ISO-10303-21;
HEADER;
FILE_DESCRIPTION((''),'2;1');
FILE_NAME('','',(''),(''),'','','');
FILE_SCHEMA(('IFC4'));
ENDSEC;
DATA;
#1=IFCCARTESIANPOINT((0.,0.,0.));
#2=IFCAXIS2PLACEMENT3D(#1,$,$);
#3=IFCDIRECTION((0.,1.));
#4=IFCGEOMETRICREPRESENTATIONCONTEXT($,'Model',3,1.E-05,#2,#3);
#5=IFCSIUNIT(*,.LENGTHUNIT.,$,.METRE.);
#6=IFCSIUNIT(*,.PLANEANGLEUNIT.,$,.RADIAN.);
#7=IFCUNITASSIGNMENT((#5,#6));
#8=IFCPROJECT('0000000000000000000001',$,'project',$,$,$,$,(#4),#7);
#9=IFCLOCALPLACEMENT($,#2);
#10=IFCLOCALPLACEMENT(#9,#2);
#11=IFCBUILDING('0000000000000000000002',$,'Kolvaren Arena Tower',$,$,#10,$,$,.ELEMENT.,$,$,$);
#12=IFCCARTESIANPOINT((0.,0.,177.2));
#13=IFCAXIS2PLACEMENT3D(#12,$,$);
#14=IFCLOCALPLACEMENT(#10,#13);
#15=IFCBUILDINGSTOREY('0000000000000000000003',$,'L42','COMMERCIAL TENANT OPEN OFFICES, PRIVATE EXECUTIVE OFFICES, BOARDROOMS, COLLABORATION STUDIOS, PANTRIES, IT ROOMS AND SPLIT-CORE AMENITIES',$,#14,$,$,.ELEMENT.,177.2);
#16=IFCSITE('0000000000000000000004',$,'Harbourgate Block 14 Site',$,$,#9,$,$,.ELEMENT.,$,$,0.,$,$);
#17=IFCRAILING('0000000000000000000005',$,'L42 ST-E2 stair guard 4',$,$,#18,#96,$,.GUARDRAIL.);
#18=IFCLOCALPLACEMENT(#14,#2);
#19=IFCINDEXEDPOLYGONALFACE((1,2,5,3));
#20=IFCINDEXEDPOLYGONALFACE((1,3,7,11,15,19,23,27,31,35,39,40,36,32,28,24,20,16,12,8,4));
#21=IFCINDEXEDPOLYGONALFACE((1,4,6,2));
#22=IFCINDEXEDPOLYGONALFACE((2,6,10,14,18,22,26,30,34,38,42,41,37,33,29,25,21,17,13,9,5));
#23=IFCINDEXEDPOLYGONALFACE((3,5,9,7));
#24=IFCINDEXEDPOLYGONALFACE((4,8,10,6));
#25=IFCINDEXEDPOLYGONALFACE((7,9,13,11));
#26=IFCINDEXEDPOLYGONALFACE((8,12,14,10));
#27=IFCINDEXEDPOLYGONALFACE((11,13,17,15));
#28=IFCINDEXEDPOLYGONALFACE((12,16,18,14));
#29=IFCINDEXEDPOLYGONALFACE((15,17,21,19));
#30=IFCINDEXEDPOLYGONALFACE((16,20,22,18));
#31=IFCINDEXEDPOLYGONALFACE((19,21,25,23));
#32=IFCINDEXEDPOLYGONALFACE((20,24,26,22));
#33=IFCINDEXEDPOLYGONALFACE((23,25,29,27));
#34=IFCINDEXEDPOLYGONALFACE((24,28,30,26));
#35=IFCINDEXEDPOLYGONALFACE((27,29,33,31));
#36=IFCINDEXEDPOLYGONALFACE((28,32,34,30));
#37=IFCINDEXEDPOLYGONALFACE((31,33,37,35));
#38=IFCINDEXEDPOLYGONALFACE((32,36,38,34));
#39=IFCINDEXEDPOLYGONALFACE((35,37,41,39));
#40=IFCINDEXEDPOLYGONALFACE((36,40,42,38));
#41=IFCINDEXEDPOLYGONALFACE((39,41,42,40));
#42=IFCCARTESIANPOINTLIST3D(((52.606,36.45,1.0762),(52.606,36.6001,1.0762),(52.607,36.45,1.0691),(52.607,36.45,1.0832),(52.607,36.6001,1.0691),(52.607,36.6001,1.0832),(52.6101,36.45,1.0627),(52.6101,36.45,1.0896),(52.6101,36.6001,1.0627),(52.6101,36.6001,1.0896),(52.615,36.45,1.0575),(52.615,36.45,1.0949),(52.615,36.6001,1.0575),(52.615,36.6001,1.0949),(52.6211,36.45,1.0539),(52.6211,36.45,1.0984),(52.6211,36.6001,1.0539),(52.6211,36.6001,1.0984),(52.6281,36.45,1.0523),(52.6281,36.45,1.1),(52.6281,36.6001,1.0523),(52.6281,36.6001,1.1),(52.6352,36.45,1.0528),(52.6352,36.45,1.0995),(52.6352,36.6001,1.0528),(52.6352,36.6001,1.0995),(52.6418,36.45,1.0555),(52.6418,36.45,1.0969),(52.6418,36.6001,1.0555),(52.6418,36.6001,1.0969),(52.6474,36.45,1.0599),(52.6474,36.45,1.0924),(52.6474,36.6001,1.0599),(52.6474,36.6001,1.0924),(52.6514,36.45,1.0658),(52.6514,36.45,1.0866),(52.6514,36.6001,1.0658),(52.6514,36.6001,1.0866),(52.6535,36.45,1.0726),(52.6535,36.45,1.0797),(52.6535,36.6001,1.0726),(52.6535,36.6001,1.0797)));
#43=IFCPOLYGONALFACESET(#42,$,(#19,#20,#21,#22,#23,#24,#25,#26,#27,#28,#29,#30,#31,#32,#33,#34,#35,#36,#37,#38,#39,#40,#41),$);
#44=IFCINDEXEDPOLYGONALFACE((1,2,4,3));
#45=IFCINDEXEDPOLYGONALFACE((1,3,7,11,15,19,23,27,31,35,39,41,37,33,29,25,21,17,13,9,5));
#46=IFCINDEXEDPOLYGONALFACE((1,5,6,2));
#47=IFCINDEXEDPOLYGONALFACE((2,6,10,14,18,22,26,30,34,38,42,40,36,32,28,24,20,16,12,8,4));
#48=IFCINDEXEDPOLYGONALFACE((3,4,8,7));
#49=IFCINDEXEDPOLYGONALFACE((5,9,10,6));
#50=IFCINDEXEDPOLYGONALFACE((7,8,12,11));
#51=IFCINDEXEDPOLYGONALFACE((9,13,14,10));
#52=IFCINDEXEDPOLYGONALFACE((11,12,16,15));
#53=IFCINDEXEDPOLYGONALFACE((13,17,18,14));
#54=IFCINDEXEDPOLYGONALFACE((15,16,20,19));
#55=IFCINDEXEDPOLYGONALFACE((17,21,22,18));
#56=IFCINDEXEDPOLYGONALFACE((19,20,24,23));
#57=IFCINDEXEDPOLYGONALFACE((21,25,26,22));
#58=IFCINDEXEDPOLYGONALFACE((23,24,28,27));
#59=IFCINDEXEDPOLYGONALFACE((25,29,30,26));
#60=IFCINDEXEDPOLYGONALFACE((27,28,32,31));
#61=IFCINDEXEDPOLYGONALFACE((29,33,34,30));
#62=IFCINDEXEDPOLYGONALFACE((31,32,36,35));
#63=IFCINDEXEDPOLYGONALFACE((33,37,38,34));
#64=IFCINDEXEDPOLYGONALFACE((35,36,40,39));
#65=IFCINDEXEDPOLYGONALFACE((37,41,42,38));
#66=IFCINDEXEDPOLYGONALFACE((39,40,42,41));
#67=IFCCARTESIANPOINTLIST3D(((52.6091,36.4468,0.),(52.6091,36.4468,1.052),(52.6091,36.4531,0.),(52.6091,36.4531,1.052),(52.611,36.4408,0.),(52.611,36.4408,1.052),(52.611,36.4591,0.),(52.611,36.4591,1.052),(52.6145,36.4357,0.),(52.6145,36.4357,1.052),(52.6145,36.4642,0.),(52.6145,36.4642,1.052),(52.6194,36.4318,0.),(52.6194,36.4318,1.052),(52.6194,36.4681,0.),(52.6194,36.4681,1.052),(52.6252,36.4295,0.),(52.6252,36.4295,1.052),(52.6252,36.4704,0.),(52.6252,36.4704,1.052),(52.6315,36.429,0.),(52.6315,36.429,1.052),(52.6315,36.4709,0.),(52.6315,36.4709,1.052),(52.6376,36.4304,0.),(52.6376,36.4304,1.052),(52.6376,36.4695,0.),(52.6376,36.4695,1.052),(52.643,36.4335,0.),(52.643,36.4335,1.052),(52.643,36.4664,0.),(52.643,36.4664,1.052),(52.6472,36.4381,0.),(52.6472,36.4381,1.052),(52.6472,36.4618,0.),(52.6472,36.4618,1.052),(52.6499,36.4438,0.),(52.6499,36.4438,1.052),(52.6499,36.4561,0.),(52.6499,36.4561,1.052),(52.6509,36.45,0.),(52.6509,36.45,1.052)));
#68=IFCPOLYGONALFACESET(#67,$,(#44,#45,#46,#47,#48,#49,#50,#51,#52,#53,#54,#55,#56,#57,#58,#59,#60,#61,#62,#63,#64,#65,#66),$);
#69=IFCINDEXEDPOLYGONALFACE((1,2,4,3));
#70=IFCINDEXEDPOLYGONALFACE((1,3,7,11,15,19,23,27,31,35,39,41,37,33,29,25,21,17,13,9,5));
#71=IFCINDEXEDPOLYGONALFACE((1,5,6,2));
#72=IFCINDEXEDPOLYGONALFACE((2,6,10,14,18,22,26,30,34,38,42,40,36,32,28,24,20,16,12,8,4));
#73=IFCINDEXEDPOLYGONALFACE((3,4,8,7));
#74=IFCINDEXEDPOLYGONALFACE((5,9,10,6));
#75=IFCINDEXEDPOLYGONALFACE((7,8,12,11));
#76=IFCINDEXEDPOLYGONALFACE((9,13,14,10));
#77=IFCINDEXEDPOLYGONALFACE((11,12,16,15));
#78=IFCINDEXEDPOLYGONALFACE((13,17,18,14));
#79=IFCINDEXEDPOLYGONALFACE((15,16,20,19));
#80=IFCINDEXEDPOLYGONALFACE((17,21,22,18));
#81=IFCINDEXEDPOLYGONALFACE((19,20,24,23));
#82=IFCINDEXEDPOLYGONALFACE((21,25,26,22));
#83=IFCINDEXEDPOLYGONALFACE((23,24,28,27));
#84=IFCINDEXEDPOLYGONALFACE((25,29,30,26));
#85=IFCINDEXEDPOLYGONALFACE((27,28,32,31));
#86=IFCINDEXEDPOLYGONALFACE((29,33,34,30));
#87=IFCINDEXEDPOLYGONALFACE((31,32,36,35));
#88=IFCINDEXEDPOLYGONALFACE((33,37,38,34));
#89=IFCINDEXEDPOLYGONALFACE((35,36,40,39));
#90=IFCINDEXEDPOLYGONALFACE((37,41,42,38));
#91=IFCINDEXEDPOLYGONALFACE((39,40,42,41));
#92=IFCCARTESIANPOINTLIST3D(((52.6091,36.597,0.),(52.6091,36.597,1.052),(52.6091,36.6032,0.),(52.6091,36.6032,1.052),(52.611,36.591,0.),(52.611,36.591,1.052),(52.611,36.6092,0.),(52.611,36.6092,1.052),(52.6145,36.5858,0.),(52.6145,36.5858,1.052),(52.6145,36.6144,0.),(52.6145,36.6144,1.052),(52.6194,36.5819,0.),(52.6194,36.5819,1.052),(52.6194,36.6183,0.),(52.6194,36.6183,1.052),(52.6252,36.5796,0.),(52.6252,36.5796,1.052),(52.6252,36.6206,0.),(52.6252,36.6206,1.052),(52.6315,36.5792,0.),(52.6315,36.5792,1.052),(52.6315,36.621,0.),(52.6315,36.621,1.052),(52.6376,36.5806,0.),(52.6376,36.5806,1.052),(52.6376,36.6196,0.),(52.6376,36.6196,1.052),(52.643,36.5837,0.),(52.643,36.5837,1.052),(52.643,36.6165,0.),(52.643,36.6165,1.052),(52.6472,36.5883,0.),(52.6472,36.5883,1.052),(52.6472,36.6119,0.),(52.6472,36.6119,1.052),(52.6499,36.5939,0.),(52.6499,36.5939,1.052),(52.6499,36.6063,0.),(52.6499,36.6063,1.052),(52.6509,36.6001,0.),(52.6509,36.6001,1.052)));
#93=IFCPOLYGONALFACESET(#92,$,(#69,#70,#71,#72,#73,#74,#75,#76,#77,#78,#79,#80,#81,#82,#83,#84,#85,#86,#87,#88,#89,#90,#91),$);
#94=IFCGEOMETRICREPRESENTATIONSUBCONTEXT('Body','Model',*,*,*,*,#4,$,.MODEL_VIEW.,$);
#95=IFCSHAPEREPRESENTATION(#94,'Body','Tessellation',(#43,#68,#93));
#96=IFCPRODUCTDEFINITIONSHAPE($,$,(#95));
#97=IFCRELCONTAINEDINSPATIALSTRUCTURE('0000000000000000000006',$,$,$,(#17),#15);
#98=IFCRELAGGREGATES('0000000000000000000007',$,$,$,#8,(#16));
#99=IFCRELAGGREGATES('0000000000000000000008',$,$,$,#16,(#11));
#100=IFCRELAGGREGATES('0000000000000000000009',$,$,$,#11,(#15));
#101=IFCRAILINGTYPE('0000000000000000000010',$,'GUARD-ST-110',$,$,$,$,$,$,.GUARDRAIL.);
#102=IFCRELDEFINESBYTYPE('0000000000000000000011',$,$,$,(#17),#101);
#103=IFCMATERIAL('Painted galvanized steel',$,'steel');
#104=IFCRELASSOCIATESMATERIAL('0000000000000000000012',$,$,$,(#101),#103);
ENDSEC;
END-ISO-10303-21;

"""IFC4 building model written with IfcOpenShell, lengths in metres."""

from ifc_helpers import new_model, si_unit, direction, frame, origin, origin_2d, place, context, subcontext, project, spatial, circle, extrude, material, type_object, element, save


model = new_model("IFC4")

# Units and contexts
model_context = context("Model", 3, precision=1e-05, world=origin(), true_north=direction((0.0, 1.0)))
body_context = subcontext(model_context, "Body", "Model", "MODEL_VIEW")
ifc_project = project(units=[si_unit("LENGTHUNIT", "METRE"), si_unit("PLANEANGLEUNIT", "RADIAN")], contexts=[model_context])

# Site, building, storey
site_placement = place(None, origin())
site = spatial("IfcSite", under=ifc_project, at=site_placement, Name="Harbourgate Block 14 Site", CompositionType="ELEMENT", RefElevation=0.0)
building_placement = place(site_placement, origin())
building = spatial("IfcBuilding", under=site, at=building_placement, Name="Kolvaren Arena Tower", CompositionType="ELEMENT")
storey_placement = place(building_placement, frame((0.0, 0.0, 177.2)))
storey = spatial("IfcBuildingStorey", under=building, at=storey_placement, Name="L42", Description="COMMERCIAL TENANT OPEN OFFICES, PRIVATE EXECUTIVE OFFICES, BOARDROOMS, COLLABORATION STUDIOS, PANTRIES, IT ROOMS AND SPLIT-CORE AMENITIES", CompositionType="ELEMENT", Elevation=177.2)

# Railing
ifc_material_1 = material(Name="Painted galvanized steel", Category="steel")
railing_type_1 = type_object("IfcRailingType", Name="GUARD-ST-110", PredefinedType="GUARDRAIL", material=ifc_material_1)
railing_1_placement = place(storey_placement, frame((52.6299, 36.45, 0.0)))
element("IfcRailing", 1, at=railing_1_placement, inside=storey, type_object=railing_type_1, Name="L42 ST-E2 stair guard 4", PredefinedType="GUARDRAIL", context=body_context, shape_type="SweptSolid", body=[
    extrude(circle(Radius=0.0239, at=origin_2d()), frame((0.0, 0.0, 1.0762), z_axis=(0.0, 1.0, 0.0), x_axis=(-1.0, 0.0, 0.0)), (0.0, 0.0, 1.0), 0.1501),
    extrude(circle(Radius=0.021, at=origin_2d()), origin(), (0.0, 0.0, 1.0), 1.052),
    extrude(circle(Radius=0.021, at=origin_2d()), frame((0.0, 0.1501, 0.0)), (0.0, 0.0, 1.0), 1.052),
])

save(model, "model.ifc")
